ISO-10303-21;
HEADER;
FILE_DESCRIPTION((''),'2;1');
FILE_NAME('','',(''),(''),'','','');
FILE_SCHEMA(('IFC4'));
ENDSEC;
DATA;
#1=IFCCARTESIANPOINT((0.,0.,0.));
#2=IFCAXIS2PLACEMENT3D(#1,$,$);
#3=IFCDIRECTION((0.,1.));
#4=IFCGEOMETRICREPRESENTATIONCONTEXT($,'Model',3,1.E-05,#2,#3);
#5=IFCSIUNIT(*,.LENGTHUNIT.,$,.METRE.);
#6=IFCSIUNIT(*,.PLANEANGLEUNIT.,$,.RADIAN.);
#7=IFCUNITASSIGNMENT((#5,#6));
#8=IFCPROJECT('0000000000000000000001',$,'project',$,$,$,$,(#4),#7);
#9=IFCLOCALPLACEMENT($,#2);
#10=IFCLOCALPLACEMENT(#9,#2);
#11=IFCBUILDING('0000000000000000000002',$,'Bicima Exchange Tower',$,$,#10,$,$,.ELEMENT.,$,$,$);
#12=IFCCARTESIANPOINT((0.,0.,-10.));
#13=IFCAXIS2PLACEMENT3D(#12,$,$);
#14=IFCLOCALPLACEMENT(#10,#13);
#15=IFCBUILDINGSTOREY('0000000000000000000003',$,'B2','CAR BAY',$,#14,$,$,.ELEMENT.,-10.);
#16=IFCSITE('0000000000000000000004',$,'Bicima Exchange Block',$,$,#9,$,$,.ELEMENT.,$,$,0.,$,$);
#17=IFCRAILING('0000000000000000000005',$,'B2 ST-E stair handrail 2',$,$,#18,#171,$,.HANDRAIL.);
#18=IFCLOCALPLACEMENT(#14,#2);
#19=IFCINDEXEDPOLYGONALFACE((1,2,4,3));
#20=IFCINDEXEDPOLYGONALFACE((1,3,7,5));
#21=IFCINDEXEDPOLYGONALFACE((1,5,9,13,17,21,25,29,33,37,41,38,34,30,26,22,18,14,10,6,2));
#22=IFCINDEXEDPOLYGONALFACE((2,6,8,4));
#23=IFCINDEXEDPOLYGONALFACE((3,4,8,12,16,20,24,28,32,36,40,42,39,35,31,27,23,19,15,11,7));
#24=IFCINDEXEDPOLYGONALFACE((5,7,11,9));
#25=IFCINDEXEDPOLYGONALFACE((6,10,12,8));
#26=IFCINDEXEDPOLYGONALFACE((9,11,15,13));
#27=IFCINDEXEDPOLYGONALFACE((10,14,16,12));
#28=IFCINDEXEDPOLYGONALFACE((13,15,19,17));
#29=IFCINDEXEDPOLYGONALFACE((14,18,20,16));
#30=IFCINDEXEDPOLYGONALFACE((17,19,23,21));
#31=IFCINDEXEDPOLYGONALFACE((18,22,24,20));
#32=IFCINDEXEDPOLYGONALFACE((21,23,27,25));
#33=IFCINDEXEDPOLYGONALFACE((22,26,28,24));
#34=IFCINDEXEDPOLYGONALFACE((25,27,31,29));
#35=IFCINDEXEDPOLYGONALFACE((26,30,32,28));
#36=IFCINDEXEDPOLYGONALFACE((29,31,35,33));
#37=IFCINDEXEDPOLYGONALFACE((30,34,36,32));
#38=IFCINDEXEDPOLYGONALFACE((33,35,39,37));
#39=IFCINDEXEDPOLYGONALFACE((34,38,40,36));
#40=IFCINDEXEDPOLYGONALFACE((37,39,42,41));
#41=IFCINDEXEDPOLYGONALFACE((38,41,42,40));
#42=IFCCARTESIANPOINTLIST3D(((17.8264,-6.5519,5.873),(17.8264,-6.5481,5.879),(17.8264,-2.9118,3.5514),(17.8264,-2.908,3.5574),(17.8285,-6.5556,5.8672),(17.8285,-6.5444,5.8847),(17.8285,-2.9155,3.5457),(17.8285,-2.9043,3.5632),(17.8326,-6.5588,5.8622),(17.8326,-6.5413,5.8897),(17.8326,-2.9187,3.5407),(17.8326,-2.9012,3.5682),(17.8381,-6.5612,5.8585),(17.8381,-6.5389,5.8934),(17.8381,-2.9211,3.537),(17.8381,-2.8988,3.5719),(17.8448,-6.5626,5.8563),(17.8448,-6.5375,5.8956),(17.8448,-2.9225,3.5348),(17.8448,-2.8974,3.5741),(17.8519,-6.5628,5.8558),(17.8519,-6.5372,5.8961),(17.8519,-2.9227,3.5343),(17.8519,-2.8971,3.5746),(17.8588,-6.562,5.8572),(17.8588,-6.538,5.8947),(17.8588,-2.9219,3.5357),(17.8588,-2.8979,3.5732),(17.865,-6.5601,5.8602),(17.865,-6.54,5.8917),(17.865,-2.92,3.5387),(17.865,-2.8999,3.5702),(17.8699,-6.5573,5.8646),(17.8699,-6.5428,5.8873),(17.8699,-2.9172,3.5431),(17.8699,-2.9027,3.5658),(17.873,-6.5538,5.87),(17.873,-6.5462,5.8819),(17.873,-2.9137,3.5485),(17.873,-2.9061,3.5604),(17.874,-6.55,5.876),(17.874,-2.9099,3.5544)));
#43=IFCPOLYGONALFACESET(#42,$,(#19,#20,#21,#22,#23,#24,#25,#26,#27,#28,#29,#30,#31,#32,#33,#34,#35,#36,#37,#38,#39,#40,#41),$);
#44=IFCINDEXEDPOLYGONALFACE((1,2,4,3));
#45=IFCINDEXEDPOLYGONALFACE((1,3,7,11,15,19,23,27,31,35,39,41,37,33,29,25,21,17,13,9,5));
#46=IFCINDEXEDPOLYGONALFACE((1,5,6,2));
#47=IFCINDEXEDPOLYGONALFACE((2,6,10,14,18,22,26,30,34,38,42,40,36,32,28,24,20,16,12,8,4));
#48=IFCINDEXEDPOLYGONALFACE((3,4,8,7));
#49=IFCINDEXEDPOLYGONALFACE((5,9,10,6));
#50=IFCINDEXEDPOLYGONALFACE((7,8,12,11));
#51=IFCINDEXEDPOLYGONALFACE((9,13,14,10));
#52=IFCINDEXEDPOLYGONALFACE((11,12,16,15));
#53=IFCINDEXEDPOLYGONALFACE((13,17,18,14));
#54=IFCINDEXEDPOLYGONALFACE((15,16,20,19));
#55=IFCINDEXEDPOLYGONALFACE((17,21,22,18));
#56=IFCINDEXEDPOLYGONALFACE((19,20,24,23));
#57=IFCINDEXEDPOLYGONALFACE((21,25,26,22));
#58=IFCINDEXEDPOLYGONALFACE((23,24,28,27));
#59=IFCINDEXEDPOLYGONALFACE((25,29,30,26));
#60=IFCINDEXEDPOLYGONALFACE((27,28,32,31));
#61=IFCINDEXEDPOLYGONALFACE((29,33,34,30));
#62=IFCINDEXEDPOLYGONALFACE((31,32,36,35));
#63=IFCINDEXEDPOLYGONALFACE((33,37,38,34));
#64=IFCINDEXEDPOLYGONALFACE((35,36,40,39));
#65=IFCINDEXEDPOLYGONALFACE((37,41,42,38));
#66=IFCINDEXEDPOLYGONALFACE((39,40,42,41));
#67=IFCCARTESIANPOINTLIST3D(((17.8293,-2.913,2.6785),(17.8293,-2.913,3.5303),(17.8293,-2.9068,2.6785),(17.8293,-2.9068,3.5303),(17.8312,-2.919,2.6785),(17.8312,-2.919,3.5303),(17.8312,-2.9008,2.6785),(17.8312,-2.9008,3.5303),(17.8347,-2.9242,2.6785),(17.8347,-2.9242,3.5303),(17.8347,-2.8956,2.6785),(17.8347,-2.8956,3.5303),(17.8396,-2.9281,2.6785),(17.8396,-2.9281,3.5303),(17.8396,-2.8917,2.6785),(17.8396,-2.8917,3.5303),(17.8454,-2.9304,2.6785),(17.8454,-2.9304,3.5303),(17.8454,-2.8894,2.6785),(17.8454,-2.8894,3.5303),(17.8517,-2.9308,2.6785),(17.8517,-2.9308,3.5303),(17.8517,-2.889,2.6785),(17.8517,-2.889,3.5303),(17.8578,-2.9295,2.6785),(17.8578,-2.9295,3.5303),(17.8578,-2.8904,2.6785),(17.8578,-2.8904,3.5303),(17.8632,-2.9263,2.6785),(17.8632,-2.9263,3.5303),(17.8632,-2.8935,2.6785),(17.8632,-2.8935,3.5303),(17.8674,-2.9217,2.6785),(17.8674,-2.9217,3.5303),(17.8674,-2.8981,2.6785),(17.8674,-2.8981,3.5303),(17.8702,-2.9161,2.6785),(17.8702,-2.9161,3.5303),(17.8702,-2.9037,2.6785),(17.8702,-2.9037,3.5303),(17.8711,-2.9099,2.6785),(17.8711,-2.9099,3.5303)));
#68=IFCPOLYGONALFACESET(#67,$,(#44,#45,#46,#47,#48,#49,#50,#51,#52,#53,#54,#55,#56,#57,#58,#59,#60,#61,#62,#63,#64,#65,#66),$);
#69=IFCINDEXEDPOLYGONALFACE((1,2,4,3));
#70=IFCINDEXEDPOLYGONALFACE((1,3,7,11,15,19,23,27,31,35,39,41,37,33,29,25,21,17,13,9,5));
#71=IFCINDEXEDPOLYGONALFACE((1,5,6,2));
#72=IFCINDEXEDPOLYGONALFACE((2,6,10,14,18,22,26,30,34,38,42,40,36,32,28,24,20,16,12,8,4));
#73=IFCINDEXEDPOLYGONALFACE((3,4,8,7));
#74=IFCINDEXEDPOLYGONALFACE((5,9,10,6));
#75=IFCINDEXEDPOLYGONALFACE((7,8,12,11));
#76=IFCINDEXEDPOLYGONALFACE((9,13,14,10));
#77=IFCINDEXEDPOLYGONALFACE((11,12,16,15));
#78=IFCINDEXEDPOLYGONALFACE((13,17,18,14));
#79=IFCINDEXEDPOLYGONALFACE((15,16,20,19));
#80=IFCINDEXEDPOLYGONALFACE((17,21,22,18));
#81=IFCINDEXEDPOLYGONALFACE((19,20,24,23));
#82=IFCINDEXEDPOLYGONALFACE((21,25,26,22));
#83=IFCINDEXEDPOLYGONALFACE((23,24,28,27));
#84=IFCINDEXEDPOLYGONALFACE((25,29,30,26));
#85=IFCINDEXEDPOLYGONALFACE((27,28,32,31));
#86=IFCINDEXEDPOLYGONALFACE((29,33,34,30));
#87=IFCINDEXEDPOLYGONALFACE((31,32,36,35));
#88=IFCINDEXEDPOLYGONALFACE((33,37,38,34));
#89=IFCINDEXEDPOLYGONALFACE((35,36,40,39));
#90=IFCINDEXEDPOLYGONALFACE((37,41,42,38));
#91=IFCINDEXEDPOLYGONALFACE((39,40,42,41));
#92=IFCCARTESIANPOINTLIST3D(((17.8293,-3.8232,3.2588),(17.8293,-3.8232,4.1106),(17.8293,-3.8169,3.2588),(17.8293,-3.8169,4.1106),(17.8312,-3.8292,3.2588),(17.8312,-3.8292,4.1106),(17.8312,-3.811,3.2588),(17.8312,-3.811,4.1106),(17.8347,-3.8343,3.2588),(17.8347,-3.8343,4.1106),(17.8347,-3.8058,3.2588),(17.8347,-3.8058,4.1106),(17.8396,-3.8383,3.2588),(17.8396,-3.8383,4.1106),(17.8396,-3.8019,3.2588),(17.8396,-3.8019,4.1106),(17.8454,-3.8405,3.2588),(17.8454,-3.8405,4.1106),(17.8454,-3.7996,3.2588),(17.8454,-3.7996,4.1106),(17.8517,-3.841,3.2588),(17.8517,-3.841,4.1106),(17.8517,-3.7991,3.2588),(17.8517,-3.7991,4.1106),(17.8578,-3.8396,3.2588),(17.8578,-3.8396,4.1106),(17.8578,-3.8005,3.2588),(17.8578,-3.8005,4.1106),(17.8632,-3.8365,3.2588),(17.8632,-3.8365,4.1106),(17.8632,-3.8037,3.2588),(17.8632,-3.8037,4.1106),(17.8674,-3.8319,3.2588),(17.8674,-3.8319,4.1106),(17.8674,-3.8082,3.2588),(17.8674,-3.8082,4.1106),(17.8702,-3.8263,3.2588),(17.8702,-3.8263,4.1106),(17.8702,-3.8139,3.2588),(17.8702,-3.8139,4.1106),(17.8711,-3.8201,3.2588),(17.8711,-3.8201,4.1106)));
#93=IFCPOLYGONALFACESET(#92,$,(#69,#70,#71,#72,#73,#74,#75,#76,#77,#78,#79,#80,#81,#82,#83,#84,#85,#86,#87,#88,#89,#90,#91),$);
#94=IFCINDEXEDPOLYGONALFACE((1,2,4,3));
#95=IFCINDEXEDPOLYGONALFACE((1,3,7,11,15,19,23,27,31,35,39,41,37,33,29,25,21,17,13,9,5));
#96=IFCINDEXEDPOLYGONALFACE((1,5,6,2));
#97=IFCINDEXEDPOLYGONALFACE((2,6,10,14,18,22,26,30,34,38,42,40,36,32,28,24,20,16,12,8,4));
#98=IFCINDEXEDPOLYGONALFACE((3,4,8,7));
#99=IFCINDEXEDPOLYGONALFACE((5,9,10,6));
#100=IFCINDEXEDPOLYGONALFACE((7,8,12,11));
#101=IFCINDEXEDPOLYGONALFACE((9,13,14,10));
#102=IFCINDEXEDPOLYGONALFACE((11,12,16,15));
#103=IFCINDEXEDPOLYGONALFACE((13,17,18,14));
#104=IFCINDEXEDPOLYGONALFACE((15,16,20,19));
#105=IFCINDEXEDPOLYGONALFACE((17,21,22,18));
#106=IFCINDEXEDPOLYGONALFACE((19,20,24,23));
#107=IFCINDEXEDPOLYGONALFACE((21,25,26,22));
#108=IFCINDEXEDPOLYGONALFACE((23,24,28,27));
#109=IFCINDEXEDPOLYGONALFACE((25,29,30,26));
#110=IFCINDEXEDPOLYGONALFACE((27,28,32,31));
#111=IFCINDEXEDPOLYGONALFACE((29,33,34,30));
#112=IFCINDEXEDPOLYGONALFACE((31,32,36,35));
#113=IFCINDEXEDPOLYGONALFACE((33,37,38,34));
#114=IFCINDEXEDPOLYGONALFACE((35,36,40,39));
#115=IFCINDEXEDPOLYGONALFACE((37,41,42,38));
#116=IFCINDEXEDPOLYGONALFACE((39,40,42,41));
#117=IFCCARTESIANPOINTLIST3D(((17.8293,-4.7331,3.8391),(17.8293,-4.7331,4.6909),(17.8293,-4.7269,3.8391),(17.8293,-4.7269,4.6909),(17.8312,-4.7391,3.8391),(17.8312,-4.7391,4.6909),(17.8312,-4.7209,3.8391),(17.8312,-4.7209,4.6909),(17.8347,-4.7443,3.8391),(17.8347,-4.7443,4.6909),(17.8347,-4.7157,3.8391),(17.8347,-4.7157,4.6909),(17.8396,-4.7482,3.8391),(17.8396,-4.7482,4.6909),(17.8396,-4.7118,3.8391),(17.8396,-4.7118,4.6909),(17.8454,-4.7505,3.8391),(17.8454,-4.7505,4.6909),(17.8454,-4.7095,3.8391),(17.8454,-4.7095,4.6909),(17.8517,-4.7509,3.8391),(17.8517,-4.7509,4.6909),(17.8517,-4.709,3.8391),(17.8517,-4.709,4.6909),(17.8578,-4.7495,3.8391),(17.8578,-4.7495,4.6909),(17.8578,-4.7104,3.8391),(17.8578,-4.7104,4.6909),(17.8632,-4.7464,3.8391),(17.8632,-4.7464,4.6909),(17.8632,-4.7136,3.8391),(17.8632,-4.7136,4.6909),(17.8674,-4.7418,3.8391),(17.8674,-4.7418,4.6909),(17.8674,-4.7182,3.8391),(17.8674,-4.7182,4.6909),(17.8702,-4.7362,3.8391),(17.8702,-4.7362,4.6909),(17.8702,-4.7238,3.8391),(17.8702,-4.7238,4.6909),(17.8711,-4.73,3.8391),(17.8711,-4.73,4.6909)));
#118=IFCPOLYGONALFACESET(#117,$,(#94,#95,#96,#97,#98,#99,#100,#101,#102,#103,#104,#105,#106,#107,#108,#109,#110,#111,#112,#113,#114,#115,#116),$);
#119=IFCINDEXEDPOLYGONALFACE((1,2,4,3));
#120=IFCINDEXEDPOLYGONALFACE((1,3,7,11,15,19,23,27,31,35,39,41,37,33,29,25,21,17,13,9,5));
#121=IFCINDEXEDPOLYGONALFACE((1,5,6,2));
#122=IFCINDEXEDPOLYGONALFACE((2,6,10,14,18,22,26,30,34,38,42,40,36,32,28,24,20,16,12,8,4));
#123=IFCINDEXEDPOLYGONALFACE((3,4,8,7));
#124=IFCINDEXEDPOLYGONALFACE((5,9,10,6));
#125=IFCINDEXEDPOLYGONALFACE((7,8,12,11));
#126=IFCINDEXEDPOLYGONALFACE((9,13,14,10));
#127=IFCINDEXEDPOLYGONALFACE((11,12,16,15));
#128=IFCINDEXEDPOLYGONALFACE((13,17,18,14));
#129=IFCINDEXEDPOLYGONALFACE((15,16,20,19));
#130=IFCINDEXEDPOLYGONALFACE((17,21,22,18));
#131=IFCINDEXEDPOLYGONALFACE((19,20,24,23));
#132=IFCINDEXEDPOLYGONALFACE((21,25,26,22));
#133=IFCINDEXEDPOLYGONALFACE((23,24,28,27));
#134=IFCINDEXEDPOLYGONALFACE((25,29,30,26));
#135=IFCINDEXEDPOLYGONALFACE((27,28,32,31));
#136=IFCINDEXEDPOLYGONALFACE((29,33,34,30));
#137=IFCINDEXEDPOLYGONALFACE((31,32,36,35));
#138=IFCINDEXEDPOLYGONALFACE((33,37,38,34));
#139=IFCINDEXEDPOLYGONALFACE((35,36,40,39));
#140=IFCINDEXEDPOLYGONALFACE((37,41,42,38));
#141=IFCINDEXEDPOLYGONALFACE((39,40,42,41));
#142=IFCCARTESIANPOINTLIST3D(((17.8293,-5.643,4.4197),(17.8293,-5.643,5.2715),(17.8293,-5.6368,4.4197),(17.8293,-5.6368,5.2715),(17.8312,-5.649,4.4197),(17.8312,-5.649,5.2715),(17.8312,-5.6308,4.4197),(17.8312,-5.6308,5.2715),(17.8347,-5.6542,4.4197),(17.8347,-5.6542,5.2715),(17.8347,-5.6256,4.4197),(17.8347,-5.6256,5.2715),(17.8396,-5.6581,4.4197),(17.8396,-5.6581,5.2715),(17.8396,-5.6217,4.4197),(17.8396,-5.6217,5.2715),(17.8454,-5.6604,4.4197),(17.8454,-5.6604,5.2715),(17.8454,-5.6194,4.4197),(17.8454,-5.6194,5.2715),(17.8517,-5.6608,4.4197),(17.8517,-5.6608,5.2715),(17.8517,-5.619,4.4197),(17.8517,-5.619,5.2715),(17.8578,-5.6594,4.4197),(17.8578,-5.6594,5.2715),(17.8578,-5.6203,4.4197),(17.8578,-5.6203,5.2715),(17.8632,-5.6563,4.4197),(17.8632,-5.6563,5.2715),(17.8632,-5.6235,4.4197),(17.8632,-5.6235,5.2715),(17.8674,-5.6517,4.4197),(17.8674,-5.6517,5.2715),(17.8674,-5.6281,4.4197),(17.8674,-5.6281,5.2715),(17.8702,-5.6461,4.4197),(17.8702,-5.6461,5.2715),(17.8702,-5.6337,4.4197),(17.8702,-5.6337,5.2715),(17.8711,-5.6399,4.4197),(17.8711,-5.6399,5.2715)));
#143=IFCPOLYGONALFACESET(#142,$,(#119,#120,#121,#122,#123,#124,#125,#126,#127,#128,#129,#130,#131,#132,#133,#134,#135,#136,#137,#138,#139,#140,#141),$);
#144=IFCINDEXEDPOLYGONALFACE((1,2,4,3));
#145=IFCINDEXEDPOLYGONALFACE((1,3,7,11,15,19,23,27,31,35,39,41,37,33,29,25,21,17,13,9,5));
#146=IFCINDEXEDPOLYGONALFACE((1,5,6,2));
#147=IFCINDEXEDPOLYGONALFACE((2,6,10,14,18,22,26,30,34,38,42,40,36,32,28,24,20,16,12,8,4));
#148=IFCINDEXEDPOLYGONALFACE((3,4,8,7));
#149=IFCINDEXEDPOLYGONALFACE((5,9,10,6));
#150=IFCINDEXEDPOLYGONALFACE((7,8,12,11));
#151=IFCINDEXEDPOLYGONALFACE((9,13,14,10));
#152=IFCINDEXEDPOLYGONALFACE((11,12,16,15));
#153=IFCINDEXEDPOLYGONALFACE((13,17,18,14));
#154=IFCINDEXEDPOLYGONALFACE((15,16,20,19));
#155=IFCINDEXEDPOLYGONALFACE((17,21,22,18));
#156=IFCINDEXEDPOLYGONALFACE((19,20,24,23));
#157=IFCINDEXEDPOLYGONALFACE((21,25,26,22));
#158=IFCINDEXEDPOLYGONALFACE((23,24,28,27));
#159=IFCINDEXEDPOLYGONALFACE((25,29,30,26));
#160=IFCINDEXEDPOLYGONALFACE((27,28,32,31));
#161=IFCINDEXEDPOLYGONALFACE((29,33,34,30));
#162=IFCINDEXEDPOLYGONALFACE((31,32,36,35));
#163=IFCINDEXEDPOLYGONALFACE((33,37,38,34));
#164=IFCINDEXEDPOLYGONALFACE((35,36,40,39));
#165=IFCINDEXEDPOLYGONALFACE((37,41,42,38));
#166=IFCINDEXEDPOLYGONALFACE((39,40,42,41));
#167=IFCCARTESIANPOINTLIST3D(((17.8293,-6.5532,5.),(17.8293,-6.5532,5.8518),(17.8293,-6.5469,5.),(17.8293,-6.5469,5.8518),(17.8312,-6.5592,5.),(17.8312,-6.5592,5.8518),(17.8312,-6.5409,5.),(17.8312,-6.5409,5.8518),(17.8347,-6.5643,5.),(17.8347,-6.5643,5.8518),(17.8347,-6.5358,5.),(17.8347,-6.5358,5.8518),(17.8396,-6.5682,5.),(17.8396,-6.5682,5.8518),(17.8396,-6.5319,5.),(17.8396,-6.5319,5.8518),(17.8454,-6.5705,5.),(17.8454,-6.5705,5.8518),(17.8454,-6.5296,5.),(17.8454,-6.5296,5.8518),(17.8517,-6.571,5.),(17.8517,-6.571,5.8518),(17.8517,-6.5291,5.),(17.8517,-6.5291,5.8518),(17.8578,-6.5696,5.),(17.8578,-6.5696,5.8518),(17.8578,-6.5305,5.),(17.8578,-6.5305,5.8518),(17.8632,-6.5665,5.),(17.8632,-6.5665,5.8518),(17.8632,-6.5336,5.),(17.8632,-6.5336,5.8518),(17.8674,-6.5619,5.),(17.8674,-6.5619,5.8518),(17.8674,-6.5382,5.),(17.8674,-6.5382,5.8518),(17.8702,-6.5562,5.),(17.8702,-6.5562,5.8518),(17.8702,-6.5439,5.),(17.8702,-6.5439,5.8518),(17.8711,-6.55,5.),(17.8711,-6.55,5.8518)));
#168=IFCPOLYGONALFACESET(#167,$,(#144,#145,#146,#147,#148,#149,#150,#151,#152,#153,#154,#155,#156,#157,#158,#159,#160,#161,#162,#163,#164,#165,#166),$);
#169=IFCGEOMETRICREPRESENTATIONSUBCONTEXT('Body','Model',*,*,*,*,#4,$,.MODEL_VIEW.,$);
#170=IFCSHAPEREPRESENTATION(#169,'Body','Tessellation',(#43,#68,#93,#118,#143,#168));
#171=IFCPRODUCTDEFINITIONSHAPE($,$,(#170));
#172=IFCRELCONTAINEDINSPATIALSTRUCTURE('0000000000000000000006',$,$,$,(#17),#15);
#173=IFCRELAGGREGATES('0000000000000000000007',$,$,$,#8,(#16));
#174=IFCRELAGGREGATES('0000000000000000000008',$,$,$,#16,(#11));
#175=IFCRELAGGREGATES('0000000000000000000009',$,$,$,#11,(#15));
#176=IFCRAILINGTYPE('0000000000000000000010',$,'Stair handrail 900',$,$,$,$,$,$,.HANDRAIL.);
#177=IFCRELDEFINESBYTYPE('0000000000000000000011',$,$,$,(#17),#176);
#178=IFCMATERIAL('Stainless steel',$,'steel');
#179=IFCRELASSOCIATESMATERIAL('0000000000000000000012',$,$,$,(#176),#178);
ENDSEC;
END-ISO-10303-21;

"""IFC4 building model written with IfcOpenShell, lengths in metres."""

from ifc_helpers import new_model, si_unit, direction, frame, origin, origin_2d, place, context, subcontext, project, spatial, circle, extrude, material, type_object, element, save


model = new_model("IFC4")

# Units and contexts
model_context = context("Model", 3, precision=1e-05, world=origin(), true_north=direction((0.0, 1.0)))
body_context = subcontext(model_context, "Body", "Model", "MODEL_VIEW")
ifc_project = project(units=[si_unit("LENGTHUNIT", "METRE"), si_unit("PLANEANGLEUNIT", "RADIAN")], contexts=[model_context])

# Site, building, storey
site_placement = place(None, origin())
site = spatial("IfcSite", under=ifc_project, at=site_placement, Name="Bicima Exchange Block", CompositionType="ELEMENT", RefElevation=0.0)
building_placement = place(site_placement, origin())
building = spatial("IfcBuilding", under=site, at=building_placement, Name="Bicima Exchange Tower", CompositionType="ELEMENT")
storey_placement = place(building_placement, frame((0.0, 0.0, -10.0)))
storey = spatial("IfcBuildingStorey", under=building, at=storey_placement, Name="B2", Description="CAR BAY", CompositionType="ELEMENT", Elevation=-10.0)

# Shared definitions
ifc_material_1 = material(Name="Stainless steel", Category="steel")

# Railing
railing_type_1 = type_object("IfcRailingType", Name="Stair handrail 900", PredefinedType="HANDRAIL", material=ifc_material_1)
railing_1_placement = place(storey_placement, frame((17.8501, -2.9099, 2.6785)))
element("IfcRailing", 1, at=railing_1_placement, inside=storey, type_object=railing_type_1, Name="B2 ST-E stair handrail 2", PredefinedType="HANDRAIL", context=body_context, shape_type="SweptSolid", body=[
    extrude(circle(Radius=0.0239, at=origin_2d()), frame((0.0, 0.0, 0.876), z_axis=(0.0, -0.843128, 0.537713), x_axis=(1.0, 0.0, 0.0)), (0.0, 0.0, 1.0), 4.3174),
    extrude(circle(Radius=0.021, at=origin_2d()), origin(), (0.0, 0.0, 1.0), 0.8518),
    extrude(circle(Radius=0.021, at=origin_2d()), frame((0.0, -0.9102, 0.5803)), (0.0, 0.0, 1.0), 0.8518),
    extrude(circle(Radius=0.021, at=origin_2d()), frame((0.0, -1.8201, 1.1606)), (0.0, 0.0, 1.0), 0.8518),
    extrude(circle(Radius=0.021, at=origin_2d()), frame((0.0, -2.73, 1.7412)), (0.0, 0.0, 1.0), 0.8518),
    extrude(circle(Radius=0.021, at=origin_2d()), frame((0.0, -3.6401, 2.3215)), (0.0, 0.0, 1.0), 0.8518),
])

save(model, "model.ifc")
